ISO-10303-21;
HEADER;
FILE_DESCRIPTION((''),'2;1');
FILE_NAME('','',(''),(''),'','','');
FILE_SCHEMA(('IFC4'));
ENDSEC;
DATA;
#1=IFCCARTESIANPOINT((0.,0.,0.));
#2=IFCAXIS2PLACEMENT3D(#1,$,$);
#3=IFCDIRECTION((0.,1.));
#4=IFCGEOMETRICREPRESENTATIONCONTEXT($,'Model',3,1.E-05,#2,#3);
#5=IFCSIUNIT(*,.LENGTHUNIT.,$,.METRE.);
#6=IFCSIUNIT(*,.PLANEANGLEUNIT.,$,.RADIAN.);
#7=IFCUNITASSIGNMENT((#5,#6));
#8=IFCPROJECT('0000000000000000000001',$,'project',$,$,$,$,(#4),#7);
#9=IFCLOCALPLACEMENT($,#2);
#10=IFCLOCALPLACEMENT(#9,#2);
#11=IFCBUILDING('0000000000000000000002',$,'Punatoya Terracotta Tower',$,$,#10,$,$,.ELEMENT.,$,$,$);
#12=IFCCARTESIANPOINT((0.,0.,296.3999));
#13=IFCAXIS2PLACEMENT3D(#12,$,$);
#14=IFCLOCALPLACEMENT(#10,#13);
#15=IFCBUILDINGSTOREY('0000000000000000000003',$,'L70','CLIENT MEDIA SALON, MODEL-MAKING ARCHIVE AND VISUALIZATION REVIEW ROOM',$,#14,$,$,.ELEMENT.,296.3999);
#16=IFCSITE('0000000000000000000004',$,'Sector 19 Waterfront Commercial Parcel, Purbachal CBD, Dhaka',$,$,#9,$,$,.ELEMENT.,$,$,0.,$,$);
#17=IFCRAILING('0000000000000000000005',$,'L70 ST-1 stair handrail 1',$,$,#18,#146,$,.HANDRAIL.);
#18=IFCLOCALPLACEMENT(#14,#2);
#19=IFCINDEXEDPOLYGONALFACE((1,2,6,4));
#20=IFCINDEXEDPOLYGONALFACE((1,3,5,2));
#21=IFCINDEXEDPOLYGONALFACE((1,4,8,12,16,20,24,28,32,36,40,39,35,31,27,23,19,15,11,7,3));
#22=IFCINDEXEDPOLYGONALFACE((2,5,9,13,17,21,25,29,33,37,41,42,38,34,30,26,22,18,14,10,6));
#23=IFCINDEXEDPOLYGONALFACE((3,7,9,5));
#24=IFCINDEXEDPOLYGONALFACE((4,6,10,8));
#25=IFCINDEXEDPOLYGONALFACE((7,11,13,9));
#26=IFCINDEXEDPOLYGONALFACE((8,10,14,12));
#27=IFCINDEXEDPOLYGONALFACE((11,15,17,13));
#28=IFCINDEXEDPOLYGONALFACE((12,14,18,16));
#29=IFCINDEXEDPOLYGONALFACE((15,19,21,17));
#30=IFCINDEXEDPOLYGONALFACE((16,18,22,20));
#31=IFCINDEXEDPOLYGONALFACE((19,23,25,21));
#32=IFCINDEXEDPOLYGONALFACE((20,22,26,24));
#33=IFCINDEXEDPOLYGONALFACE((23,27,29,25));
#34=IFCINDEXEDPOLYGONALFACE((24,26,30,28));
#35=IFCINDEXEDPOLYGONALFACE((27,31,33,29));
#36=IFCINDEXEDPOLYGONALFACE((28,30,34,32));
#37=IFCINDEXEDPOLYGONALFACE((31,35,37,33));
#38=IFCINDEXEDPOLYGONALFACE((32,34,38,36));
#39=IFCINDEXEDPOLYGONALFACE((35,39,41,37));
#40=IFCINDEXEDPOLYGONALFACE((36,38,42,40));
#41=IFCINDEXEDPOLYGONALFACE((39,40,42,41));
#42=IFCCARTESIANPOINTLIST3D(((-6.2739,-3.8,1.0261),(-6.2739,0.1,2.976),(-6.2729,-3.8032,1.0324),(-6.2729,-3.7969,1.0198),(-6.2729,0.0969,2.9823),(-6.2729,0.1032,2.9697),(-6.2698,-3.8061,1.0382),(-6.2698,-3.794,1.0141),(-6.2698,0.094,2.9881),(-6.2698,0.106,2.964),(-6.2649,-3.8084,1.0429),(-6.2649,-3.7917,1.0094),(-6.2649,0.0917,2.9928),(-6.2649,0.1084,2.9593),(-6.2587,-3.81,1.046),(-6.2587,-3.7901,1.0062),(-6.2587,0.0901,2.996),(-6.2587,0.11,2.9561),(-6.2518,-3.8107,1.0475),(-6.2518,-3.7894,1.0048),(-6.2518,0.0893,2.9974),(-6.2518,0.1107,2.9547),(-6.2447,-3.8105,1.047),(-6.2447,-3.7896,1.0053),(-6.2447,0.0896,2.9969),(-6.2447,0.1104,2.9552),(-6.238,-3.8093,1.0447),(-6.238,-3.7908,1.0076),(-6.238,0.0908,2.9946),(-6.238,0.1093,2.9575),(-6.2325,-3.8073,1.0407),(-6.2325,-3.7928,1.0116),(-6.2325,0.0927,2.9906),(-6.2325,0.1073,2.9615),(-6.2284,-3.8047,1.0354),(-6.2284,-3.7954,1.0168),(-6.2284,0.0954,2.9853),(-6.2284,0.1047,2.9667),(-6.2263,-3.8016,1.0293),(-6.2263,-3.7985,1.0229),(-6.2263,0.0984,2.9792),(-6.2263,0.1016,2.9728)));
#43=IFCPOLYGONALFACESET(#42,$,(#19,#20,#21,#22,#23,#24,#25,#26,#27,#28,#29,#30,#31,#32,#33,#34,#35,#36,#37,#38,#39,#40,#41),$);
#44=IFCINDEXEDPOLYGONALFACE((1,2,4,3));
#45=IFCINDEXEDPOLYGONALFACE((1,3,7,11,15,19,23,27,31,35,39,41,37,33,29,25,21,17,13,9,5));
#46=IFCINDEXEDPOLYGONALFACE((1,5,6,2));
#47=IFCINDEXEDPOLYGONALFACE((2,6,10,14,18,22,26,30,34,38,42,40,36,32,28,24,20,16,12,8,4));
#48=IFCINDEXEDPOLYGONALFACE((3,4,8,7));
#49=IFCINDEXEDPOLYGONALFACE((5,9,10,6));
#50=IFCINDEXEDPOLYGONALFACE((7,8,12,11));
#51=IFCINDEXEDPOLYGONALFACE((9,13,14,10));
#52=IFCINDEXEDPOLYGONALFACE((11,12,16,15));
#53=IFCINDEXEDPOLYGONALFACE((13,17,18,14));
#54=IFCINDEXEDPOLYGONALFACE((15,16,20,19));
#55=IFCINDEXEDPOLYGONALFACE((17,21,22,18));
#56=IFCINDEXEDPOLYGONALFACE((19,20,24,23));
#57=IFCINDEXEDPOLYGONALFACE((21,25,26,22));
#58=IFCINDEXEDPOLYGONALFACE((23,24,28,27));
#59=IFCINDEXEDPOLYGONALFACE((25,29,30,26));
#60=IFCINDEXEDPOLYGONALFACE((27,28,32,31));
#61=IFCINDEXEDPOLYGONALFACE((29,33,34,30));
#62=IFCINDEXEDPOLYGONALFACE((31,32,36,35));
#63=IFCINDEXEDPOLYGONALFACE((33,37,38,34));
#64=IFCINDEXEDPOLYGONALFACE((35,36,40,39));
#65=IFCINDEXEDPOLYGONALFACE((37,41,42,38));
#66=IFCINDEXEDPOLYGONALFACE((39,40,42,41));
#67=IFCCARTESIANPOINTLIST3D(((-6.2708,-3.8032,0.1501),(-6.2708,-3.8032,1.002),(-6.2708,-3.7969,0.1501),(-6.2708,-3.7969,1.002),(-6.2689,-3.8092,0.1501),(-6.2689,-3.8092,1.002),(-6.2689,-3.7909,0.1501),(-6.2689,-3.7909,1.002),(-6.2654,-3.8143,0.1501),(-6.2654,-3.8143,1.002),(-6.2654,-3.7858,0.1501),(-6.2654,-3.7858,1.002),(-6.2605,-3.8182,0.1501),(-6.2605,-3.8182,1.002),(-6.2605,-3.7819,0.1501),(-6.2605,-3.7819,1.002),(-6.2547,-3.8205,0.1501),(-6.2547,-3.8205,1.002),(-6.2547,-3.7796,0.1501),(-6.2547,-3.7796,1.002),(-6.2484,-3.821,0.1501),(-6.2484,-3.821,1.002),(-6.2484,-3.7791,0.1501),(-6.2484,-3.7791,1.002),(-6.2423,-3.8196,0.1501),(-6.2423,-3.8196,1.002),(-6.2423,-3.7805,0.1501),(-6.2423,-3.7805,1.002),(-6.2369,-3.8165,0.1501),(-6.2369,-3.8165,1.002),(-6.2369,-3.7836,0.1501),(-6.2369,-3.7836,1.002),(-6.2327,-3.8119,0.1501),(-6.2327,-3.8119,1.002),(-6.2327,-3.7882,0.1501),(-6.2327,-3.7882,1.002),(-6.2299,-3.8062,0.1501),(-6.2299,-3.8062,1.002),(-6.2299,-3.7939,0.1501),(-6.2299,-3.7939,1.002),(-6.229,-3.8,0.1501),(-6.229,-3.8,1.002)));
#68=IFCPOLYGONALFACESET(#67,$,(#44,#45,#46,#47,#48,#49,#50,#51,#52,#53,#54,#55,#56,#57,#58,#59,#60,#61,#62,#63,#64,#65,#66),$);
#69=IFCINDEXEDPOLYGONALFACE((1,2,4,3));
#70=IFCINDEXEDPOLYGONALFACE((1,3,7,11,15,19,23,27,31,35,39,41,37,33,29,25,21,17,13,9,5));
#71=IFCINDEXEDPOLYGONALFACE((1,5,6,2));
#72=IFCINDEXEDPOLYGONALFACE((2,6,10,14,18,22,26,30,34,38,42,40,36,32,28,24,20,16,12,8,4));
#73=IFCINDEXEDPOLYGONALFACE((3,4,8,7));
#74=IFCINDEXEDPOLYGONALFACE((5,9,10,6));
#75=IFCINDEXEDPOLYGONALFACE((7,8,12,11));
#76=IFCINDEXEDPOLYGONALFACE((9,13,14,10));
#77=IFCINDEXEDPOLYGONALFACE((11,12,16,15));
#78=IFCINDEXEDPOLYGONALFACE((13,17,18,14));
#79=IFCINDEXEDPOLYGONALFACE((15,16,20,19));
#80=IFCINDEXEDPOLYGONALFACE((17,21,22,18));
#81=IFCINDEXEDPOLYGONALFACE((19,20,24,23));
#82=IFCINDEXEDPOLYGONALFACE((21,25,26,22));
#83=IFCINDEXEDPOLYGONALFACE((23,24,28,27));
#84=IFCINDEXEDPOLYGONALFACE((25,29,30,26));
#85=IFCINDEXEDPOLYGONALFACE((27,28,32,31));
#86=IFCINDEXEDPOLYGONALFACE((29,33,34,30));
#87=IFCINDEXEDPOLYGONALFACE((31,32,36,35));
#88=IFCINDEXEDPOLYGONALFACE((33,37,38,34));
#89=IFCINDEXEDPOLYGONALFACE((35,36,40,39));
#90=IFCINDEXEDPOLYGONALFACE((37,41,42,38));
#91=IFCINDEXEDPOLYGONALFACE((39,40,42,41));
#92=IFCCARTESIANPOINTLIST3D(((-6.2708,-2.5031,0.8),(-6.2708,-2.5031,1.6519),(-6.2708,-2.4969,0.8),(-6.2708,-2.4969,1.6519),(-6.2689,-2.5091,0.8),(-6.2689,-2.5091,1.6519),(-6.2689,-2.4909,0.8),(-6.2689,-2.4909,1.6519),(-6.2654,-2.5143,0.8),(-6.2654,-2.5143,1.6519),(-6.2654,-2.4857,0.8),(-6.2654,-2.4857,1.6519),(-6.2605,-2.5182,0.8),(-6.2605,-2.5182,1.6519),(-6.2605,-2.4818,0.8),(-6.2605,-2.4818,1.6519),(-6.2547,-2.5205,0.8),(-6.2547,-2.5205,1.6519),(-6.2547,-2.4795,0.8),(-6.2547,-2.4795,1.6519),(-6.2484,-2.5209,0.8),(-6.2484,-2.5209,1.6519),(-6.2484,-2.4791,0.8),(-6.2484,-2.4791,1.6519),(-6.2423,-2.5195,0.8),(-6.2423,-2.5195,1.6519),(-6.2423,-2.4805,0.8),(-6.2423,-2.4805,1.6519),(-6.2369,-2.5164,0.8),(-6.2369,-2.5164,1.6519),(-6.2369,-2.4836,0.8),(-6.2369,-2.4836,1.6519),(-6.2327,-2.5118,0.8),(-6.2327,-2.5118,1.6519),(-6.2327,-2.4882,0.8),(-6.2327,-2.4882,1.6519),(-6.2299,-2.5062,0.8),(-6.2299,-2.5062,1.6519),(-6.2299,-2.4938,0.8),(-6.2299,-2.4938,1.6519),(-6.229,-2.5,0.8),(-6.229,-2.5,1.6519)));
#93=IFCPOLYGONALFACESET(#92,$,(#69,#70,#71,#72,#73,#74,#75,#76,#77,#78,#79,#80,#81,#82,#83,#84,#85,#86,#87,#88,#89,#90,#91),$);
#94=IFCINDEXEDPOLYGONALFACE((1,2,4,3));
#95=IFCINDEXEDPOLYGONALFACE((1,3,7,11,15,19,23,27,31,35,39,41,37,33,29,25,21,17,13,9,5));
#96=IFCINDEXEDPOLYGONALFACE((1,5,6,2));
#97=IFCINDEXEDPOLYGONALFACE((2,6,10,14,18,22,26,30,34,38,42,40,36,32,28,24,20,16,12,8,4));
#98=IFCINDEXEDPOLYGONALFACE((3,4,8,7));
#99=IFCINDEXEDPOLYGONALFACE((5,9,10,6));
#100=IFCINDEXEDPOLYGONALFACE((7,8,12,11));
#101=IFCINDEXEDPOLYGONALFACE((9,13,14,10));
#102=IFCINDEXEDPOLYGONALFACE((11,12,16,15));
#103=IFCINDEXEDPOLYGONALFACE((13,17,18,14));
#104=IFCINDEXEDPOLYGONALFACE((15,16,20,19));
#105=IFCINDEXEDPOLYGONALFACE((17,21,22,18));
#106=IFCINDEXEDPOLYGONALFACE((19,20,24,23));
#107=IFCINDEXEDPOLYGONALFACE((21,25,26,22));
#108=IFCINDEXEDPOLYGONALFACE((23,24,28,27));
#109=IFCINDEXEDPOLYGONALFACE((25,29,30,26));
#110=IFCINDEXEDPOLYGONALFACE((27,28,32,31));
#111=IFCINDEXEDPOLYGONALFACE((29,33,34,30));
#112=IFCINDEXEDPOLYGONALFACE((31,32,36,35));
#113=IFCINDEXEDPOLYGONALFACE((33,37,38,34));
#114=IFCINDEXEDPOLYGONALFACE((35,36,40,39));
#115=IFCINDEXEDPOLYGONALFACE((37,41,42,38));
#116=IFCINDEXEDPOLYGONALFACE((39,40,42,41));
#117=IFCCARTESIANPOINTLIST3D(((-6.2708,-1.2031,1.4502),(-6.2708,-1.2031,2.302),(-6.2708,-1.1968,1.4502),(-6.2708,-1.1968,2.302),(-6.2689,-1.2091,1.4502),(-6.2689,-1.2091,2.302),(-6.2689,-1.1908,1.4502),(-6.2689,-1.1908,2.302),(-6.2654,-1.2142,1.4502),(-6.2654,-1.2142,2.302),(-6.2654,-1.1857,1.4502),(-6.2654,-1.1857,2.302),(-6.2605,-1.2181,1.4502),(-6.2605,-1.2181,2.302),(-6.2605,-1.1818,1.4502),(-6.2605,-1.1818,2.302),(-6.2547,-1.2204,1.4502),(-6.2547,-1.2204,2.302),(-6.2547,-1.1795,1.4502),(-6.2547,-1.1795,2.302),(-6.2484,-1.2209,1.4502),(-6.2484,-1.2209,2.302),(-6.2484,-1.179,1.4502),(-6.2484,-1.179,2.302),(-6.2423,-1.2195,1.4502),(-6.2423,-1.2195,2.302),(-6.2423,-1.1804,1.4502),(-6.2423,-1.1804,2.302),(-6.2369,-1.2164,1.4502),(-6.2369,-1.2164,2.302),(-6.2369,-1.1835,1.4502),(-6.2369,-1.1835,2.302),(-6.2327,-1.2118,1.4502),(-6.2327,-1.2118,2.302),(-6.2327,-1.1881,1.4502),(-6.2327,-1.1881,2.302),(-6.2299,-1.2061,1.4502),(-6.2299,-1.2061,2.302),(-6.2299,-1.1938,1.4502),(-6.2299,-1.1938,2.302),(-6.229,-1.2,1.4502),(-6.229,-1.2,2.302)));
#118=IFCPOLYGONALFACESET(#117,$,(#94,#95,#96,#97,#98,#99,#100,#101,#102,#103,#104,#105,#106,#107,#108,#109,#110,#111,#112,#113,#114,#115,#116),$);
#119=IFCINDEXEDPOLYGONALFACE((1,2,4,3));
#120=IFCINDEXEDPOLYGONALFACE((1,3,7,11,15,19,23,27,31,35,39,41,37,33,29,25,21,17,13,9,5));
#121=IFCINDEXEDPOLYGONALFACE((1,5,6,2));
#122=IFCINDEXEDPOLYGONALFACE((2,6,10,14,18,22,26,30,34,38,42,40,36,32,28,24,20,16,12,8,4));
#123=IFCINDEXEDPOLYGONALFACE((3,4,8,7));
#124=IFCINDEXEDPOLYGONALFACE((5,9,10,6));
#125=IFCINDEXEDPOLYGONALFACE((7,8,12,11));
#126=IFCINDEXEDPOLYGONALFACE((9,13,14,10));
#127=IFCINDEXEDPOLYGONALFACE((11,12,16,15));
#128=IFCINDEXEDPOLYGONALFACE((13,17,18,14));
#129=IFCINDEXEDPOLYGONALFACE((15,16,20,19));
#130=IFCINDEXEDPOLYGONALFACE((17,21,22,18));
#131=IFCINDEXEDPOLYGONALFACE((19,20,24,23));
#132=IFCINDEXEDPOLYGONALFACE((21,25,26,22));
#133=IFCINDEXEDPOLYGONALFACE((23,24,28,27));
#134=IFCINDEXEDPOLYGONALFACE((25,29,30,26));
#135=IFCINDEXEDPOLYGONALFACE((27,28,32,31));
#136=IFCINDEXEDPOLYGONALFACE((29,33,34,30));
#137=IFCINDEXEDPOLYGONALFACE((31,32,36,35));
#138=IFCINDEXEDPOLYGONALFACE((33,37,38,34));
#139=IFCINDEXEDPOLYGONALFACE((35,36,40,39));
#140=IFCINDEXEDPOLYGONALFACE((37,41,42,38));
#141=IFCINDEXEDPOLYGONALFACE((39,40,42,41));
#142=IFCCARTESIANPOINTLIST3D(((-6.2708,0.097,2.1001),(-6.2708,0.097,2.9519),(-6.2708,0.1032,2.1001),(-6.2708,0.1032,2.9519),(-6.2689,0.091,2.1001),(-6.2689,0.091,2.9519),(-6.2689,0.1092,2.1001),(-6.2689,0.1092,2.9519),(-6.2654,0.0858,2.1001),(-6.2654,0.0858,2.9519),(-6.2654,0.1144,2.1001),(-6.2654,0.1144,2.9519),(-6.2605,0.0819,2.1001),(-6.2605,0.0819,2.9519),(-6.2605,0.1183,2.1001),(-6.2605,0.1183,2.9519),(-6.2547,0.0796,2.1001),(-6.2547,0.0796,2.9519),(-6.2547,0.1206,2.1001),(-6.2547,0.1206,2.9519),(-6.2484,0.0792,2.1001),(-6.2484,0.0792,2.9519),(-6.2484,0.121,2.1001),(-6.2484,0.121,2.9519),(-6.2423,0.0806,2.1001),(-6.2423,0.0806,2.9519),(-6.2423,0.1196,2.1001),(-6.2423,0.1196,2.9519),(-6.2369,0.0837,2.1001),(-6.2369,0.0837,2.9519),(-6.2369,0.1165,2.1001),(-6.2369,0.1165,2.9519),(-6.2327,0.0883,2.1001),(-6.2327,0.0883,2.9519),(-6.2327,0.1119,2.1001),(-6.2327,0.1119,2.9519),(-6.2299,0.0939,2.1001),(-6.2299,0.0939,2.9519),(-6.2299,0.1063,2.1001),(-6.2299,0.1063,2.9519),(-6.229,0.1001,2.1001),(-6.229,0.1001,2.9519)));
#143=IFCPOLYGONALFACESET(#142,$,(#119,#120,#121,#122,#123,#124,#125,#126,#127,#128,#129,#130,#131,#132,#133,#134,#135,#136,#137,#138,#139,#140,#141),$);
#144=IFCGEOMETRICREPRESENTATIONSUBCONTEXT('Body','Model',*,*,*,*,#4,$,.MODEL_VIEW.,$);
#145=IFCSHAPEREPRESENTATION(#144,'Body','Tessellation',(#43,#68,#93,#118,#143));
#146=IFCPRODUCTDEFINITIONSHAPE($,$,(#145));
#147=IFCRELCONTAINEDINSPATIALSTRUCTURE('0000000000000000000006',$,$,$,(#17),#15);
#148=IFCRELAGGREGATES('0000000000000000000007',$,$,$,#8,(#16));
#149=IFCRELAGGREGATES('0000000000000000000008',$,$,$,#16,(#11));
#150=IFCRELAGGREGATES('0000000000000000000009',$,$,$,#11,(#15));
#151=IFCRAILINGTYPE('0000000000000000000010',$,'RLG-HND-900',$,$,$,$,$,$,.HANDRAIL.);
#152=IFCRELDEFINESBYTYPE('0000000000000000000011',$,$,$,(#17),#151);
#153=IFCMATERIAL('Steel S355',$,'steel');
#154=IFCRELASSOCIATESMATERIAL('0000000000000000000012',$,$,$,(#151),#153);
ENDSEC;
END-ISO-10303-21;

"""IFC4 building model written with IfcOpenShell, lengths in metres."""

from ifc_helpers import new_model, si_unit, direction, frame, origin, origin_2d, place, context, subcontext, project, spatial, circle, extrude, material, type_object, element, save


model = new_model("IFC4")

# Units and contexts
model_context = context("Model", 3, precision=1e-05, world=origin(), true_north=direction((0.0, 1.0)))
body_context = subcontext(model_context, "Body", "Model", "MODEL_VIEW")
ifc_project = project(units=[si_unit("LENGTHUNIT", "METRE"), si_unit("PLANEANGLEUNIT", "RADIAN")], contexts=[model_context])

# Site, building, storey
site_placement = place(None, origin())
site = spatial("IfcSite", under=ifc_project, at=site_placement, Name="Sector 19 Waterfront Commercial Parcel, Purbachal CBD, Dhaka", CompositionType="ELEMENT", RefElevation=0.0)
building_placement = place(site_placement, origin())
building = spatial("IfcBuilding", under=site, at=building_placement, Name="Punatoya Terracotta Tower", CompositionType="ELEMENT")
storey_placement = place(building_placement, frame((0.0, 0.0, 296.3999)))
storey = spatial("IfcBuildingStorey", under=building, at=storey_placement, Name="L70", Description="CLIENT MEDIA SALON, MODEL-MAKING ARCHIVE AND VISUALIZATION REVIEW ROOM", CompositionType="ELEMENT", Elevation=296.3999)

# Shared definitions
ifc_material_1 = material(Name="Steel S355", Category="steel")

# Railing
railing_type_1 = type_object("IfcRailingType", Name="RLG-HND-900", PredefinedType="HANDRAIL", material=ifc_material_1)
railing_1_placement = place(storey_placement, frame((-6.25, -3.8, 0.1501)))
element("IfcRailing", 1, at=railing_1_placement, inside=storey, type_object=railing_type_1, Name="L70 ST-1 stair handrail 1", PredefinedType="HANDRAIL", context=body_context, shape_type="SweptSolid", body=[
    extrude(circle(Radius=0.0239, at=origin_2d()), frame((0.0, 0.0, 0.876), z_axis=(0.0, 0.894438, 0.447191), x_axis=(-1.0, 0.0, 0.0)), (0.0, 0.0, 1.0), 4.3604),
    extrude(circle(Radius=0.021, at=origin_2d()), origin(), (0.0, 0.0, 1.0), 0.8518),
    extrude(circle(Radius=0.021, at=origin_2d()), frame((0.0, 1.3, 0.6499)), (0.0, 0.0, 1.0), 0.8518),
    extrude(circle(Radius=0.021, at=origin_2d()), frame((0.0, 2.6001, 1.3)), (0.0, 0.0, 1.0), 0.8518),
    extrude(circle(Radius=0.021, at=origin_2d()), frame((0.0, 3.9001, 1.95)), (0.0, 0.0, 1.0), 0.8518),
])

save(model, "model.ifc")
